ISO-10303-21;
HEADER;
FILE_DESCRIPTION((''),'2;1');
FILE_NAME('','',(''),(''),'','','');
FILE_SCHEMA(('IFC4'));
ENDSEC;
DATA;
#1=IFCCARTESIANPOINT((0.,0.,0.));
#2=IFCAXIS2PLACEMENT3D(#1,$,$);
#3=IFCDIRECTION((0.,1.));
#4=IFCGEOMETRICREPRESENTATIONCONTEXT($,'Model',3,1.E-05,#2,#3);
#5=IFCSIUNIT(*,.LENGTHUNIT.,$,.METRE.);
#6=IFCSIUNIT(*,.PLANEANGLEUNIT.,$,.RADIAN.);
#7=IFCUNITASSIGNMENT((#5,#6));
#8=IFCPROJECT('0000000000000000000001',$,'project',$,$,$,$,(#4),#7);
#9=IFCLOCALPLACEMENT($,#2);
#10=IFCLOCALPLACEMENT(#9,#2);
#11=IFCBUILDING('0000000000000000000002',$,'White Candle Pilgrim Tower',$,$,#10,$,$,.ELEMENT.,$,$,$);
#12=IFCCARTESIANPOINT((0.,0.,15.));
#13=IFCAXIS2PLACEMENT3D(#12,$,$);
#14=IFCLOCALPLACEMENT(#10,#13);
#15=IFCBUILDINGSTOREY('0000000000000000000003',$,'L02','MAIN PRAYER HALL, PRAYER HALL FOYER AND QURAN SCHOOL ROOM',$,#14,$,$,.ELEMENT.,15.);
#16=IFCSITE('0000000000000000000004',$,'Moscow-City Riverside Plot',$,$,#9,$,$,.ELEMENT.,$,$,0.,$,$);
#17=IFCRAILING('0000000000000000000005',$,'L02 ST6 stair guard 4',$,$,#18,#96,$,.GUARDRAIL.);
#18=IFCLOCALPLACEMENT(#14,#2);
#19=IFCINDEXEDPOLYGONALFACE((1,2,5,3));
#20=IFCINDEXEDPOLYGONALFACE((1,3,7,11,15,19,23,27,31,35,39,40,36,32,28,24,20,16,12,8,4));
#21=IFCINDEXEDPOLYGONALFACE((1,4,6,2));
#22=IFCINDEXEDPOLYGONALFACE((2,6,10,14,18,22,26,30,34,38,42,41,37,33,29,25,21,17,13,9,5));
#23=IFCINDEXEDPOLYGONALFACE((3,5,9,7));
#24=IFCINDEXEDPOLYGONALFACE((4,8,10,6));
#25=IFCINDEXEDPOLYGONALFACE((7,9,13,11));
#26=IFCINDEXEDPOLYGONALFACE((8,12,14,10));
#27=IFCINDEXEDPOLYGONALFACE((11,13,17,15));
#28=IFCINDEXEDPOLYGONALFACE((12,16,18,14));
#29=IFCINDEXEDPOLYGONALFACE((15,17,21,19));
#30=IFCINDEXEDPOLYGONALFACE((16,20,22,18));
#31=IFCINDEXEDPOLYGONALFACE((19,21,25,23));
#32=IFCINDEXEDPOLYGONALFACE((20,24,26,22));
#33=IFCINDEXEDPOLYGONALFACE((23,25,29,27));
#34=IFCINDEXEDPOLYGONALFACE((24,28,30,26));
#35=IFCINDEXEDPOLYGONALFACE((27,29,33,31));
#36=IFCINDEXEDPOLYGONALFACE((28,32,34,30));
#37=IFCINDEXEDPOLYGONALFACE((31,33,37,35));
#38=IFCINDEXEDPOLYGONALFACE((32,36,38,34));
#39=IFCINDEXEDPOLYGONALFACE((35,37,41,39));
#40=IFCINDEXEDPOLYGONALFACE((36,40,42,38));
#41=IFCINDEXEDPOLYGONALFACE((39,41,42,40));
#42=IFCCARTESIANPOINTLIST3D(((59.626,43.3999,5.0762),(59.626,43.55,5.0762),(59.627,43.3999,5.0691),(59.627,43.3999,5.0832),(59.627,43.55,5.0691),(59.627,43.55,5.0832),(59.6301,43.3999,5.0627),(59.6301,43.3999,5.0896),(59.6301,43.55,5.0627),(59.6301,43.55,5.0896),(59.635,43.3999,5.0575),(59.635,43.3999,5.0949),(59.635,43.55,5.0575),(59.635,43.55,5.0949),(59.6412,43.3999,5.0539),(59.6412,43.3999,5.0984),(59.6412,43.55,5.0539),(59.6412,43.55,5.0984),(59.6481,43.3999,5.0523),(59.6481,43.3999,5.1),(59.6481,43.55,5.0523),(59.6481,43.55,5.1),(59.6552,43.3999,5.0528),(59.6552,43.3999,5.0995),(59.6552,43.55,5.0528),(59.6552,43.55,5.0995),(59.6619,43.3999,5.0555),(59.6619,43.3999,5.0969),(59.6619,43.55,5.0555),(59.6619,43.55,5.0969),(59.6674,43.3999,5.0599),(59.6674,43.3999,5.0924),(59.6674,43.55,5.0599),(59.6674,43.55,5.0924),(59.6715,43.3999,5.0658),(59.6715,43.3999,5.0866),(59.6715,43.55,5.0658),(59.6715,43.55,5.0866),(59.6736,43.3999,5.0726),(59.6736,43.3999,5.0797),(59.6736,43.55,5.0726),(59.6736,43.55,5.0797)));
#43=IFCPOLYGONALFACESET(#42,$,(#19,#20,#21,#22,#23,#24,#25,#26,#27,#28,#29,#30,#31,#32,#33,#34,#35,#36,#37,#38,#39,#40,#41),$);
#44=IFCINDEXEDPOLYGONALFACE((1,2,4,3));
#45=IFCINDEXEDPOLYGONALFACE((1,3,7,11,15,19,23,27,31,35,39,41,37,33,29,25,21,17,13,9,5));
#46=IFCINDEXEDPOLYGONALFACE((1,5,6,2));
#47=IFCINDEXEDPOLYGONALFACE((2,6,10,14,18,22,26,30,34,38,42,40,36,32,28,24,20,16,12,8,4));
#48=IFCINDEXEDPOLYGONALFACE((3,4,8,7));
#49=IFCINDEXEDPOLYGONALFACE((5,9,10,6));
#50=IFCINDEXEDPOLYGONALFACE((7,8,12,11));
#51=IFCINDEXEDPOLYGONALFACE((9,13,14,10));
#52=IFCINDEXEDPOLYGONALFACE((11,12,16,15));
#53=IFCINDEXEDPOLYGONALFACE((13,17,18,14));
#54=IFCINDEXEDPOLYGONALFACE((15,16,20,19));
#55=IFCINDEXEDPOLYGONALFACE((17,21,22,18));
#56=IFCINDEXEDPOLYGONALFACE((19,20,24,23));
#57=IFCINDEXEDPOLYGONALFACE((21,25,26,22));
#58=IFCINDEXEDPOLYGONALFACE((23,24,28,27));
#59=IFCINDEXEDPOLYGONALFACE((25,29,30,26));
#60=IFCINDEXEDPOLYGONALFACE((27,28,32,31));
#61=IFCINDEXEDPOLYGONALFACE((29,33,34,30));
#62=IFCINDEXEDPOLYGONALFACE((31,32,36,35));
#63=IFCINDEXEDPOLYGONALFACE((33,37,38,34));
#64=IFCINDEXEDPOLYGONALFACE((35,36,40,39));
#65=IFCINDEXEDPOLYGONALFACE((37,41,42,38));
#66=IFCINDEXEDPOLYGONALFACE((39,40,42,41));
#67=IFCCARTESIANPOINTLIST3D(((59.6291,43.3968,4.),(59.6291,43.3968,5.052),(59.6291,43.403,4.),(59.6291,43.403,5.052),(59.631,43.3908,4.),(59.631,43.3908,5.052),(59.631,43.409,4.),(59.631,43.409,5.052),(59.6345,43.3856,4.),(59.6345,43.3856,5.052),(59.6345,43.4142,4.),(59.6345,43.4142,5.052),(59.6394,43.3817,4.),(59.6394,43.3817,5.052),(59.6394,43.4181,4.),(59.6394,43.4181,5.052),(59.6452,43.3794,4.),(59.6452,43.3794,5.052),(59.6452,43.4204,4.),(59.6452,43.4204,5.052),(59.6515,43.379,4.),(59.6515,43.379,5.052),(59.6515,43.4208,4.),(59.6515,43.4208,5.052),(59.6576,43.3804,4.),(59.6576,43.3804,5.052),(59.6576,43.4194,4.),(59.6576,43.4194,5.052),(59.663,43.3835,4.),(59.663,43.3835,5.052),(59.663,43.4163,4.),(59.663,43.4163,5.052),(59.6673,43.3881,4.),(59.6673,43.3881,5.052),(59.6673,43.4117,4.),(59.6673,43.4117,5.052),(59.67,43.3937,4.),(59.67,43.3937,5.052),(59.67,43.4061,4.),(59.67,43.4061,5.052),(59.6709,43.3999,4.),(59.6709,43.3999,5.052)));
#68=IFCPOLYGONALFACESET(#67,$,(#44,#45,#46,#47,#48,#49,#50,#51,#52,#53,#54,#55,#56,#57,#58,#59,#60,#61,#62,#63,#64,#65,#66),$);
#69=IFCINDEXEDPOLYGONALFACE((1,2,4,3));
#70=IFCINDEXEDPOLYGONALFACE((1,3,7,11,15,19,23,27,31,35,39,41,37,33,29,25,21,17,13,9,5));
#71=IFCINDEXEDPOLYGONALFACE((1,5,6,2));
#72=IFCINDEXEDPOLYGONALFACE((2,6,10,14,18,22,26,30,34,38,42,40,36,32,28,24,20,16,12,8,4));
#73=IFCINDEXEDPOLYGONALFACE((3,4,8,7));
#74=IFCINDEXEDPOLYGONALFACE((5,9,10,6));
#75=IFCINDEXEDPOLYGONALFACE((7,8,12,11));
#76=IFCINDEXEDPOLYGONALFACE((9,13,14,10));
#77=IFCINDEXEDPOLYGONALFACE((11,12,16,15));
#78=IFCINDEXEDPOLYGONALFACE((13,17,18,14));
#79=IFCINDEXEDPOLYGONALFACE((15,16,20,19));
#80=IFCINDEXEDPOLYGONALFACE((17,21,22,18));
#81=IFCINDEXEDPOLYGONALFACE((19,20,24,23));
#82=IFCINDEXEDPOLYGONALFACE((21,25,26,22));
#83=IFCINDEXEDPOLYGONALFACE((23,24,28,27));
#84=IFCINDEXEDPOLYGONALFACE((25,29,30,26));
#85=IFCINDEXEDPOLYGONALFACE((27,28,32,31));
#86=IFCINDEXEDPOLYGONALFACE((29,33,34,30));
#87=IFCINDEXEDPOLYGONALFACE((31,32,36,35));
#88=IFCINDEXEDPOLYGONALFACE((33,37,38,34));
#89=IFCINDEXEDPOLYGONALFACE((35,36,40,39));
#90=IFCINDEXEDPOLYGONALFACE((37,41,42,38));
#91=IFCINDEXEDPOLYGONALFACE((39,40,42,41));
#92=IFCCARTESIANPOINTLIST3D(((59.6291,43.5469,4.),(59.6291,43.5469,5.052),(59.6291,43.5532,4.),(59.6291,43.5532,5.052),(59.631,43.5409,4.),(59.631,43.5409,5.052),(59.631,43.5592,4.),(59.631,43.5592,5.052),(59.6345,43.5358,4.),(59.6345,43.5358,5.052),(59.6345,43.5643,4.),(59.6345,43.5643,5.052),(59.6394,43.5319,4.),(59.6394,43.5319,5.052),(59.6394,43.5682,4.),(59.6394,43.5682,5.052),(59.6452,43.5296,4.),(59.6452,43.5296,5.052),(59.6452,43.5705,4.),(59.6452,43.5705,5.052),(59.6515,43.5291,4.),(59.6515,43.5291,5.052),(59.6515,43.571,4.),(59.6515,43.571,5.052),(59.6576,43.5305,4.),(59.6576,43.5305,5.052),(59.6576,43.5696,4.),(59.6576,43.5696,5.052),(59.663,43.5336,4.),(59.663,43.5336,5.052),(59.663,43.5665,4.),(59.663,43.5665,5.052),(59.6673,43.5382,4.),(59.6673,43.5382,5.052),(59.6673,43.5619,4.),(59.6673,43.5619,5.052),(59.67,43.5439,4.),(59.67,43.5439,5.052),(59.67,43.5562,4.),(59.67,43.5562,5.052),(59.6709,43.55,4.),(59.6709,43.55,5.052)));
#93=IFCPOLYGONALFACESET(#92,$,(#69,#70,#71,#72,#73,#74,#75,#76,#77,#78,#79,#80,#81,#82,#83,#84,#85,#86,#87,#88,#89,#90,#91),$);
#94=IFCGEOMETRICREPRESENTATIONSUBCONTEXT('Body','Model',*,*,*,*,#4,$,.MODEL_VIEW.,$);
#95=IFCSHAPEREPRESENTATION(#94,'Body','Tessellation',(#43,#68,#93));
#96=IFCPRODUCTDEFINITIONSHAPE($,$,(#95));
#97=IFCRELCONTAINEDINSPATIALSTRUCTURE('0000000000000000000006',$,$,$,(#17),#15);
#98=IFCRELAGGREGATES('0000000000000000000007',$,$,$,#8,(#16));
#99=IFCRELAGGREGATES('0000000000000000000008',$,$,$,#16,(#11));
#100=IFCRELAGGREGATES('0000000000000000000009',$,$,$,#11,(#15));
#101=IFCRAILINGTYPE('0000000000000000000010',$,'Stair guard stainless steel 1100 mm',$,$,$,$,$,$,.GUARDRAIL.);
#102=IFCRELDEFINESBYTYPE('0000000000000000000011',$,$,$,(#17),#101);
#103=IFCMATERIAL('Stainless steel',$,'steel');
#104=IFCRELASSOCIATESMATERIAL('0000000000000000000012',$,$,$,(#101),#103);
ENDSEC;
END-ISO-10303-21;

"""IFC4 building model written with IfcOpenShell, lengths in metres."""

from ifc_helpers import new_model, si_unit, direction, frame, origin, origin_2d, place, context, subcontext, project, spatial, circle, extrude, material, type_object, element, save


model = new_model("IFC4")

# Units and contexts
model_context = context("Model", 3, precision=1e-05, world=origin(), true_north=direction((0.0, 1.0)))
body_context = subcontext(model_context, "Body", "Model", "MODEL_VIEW")
ifc_project = project(units=[si_unit("LENGTHUNIT", "METRE"), si_unit("PLANEANGLEUNIT", "RADIAN")], contexts=[model_context])

# Site, building, storey
site_placement = place(None, origin())
site = spatial("IfcSite", under=ifc_project, at=site_placement, Name="Moscow-City Riverside Plot", CompositionType="ELEMENT", RefElevation=0.0)
building_placement = place(site_placement, origin())
building = spatial("IfcBuilding", under=site, at=building_placement, Name="White Candle Pilgrim Tower", CompositionType="ELEMENT")
storey_placement = place(building_placement, frame((0.0, 0.0, 15.0)))
storey = spatial("IfcBuildingStorey", under=building, at=storey_placement, Name="L02", Description="MAIN PRAYER HALL, PRAYER HALL FOYER AND QURAN SCHOOL ROOM", CompositionType="ELEMENT", Elevation=15.0)

# Railing
ifc_material_1 = material(Name="Stainless steel", Category="steel")
railing_type_1 = type_object("IfcRailingType", Name="Stair guard stainless steel 1100 mm", PredefinedType="GUARDRAIL", material=ifc_material_1)
railing_1_placement = place(storey_placement, frame((59.6499, 43.3999, 4.0)))
element("IfcRailing", 1, at=railing_1_placement, inside=storey, type_object=railing_type_1, Name="L02 ST6 stair guard 4", PredefinedType="GUARDRAIL", context=body_context, shape_type="SweptSolid", body=[
    extrude(circle(Radius=0.0239, at=origin_2d()), frame((0.0, 0.0, 1.0762), z_axis=(0.0, 1.0, 0.0), x_axis=(-1.0, 0.0, 0.0)), (0.0, 0.0, 1.0), 0.1501),
    extrude(circle(Radius=0.021, at=origin_2d()), origin(), (0.0, 0.0, 1.0), 1.052),
    extrude(circle(Radius=0.021, at=origin_2d()), frame((0.0, 0.1501, 0.0)), (0.0, 0.0, 1.0), 1.052),
])

save(model, "model.ifc")
